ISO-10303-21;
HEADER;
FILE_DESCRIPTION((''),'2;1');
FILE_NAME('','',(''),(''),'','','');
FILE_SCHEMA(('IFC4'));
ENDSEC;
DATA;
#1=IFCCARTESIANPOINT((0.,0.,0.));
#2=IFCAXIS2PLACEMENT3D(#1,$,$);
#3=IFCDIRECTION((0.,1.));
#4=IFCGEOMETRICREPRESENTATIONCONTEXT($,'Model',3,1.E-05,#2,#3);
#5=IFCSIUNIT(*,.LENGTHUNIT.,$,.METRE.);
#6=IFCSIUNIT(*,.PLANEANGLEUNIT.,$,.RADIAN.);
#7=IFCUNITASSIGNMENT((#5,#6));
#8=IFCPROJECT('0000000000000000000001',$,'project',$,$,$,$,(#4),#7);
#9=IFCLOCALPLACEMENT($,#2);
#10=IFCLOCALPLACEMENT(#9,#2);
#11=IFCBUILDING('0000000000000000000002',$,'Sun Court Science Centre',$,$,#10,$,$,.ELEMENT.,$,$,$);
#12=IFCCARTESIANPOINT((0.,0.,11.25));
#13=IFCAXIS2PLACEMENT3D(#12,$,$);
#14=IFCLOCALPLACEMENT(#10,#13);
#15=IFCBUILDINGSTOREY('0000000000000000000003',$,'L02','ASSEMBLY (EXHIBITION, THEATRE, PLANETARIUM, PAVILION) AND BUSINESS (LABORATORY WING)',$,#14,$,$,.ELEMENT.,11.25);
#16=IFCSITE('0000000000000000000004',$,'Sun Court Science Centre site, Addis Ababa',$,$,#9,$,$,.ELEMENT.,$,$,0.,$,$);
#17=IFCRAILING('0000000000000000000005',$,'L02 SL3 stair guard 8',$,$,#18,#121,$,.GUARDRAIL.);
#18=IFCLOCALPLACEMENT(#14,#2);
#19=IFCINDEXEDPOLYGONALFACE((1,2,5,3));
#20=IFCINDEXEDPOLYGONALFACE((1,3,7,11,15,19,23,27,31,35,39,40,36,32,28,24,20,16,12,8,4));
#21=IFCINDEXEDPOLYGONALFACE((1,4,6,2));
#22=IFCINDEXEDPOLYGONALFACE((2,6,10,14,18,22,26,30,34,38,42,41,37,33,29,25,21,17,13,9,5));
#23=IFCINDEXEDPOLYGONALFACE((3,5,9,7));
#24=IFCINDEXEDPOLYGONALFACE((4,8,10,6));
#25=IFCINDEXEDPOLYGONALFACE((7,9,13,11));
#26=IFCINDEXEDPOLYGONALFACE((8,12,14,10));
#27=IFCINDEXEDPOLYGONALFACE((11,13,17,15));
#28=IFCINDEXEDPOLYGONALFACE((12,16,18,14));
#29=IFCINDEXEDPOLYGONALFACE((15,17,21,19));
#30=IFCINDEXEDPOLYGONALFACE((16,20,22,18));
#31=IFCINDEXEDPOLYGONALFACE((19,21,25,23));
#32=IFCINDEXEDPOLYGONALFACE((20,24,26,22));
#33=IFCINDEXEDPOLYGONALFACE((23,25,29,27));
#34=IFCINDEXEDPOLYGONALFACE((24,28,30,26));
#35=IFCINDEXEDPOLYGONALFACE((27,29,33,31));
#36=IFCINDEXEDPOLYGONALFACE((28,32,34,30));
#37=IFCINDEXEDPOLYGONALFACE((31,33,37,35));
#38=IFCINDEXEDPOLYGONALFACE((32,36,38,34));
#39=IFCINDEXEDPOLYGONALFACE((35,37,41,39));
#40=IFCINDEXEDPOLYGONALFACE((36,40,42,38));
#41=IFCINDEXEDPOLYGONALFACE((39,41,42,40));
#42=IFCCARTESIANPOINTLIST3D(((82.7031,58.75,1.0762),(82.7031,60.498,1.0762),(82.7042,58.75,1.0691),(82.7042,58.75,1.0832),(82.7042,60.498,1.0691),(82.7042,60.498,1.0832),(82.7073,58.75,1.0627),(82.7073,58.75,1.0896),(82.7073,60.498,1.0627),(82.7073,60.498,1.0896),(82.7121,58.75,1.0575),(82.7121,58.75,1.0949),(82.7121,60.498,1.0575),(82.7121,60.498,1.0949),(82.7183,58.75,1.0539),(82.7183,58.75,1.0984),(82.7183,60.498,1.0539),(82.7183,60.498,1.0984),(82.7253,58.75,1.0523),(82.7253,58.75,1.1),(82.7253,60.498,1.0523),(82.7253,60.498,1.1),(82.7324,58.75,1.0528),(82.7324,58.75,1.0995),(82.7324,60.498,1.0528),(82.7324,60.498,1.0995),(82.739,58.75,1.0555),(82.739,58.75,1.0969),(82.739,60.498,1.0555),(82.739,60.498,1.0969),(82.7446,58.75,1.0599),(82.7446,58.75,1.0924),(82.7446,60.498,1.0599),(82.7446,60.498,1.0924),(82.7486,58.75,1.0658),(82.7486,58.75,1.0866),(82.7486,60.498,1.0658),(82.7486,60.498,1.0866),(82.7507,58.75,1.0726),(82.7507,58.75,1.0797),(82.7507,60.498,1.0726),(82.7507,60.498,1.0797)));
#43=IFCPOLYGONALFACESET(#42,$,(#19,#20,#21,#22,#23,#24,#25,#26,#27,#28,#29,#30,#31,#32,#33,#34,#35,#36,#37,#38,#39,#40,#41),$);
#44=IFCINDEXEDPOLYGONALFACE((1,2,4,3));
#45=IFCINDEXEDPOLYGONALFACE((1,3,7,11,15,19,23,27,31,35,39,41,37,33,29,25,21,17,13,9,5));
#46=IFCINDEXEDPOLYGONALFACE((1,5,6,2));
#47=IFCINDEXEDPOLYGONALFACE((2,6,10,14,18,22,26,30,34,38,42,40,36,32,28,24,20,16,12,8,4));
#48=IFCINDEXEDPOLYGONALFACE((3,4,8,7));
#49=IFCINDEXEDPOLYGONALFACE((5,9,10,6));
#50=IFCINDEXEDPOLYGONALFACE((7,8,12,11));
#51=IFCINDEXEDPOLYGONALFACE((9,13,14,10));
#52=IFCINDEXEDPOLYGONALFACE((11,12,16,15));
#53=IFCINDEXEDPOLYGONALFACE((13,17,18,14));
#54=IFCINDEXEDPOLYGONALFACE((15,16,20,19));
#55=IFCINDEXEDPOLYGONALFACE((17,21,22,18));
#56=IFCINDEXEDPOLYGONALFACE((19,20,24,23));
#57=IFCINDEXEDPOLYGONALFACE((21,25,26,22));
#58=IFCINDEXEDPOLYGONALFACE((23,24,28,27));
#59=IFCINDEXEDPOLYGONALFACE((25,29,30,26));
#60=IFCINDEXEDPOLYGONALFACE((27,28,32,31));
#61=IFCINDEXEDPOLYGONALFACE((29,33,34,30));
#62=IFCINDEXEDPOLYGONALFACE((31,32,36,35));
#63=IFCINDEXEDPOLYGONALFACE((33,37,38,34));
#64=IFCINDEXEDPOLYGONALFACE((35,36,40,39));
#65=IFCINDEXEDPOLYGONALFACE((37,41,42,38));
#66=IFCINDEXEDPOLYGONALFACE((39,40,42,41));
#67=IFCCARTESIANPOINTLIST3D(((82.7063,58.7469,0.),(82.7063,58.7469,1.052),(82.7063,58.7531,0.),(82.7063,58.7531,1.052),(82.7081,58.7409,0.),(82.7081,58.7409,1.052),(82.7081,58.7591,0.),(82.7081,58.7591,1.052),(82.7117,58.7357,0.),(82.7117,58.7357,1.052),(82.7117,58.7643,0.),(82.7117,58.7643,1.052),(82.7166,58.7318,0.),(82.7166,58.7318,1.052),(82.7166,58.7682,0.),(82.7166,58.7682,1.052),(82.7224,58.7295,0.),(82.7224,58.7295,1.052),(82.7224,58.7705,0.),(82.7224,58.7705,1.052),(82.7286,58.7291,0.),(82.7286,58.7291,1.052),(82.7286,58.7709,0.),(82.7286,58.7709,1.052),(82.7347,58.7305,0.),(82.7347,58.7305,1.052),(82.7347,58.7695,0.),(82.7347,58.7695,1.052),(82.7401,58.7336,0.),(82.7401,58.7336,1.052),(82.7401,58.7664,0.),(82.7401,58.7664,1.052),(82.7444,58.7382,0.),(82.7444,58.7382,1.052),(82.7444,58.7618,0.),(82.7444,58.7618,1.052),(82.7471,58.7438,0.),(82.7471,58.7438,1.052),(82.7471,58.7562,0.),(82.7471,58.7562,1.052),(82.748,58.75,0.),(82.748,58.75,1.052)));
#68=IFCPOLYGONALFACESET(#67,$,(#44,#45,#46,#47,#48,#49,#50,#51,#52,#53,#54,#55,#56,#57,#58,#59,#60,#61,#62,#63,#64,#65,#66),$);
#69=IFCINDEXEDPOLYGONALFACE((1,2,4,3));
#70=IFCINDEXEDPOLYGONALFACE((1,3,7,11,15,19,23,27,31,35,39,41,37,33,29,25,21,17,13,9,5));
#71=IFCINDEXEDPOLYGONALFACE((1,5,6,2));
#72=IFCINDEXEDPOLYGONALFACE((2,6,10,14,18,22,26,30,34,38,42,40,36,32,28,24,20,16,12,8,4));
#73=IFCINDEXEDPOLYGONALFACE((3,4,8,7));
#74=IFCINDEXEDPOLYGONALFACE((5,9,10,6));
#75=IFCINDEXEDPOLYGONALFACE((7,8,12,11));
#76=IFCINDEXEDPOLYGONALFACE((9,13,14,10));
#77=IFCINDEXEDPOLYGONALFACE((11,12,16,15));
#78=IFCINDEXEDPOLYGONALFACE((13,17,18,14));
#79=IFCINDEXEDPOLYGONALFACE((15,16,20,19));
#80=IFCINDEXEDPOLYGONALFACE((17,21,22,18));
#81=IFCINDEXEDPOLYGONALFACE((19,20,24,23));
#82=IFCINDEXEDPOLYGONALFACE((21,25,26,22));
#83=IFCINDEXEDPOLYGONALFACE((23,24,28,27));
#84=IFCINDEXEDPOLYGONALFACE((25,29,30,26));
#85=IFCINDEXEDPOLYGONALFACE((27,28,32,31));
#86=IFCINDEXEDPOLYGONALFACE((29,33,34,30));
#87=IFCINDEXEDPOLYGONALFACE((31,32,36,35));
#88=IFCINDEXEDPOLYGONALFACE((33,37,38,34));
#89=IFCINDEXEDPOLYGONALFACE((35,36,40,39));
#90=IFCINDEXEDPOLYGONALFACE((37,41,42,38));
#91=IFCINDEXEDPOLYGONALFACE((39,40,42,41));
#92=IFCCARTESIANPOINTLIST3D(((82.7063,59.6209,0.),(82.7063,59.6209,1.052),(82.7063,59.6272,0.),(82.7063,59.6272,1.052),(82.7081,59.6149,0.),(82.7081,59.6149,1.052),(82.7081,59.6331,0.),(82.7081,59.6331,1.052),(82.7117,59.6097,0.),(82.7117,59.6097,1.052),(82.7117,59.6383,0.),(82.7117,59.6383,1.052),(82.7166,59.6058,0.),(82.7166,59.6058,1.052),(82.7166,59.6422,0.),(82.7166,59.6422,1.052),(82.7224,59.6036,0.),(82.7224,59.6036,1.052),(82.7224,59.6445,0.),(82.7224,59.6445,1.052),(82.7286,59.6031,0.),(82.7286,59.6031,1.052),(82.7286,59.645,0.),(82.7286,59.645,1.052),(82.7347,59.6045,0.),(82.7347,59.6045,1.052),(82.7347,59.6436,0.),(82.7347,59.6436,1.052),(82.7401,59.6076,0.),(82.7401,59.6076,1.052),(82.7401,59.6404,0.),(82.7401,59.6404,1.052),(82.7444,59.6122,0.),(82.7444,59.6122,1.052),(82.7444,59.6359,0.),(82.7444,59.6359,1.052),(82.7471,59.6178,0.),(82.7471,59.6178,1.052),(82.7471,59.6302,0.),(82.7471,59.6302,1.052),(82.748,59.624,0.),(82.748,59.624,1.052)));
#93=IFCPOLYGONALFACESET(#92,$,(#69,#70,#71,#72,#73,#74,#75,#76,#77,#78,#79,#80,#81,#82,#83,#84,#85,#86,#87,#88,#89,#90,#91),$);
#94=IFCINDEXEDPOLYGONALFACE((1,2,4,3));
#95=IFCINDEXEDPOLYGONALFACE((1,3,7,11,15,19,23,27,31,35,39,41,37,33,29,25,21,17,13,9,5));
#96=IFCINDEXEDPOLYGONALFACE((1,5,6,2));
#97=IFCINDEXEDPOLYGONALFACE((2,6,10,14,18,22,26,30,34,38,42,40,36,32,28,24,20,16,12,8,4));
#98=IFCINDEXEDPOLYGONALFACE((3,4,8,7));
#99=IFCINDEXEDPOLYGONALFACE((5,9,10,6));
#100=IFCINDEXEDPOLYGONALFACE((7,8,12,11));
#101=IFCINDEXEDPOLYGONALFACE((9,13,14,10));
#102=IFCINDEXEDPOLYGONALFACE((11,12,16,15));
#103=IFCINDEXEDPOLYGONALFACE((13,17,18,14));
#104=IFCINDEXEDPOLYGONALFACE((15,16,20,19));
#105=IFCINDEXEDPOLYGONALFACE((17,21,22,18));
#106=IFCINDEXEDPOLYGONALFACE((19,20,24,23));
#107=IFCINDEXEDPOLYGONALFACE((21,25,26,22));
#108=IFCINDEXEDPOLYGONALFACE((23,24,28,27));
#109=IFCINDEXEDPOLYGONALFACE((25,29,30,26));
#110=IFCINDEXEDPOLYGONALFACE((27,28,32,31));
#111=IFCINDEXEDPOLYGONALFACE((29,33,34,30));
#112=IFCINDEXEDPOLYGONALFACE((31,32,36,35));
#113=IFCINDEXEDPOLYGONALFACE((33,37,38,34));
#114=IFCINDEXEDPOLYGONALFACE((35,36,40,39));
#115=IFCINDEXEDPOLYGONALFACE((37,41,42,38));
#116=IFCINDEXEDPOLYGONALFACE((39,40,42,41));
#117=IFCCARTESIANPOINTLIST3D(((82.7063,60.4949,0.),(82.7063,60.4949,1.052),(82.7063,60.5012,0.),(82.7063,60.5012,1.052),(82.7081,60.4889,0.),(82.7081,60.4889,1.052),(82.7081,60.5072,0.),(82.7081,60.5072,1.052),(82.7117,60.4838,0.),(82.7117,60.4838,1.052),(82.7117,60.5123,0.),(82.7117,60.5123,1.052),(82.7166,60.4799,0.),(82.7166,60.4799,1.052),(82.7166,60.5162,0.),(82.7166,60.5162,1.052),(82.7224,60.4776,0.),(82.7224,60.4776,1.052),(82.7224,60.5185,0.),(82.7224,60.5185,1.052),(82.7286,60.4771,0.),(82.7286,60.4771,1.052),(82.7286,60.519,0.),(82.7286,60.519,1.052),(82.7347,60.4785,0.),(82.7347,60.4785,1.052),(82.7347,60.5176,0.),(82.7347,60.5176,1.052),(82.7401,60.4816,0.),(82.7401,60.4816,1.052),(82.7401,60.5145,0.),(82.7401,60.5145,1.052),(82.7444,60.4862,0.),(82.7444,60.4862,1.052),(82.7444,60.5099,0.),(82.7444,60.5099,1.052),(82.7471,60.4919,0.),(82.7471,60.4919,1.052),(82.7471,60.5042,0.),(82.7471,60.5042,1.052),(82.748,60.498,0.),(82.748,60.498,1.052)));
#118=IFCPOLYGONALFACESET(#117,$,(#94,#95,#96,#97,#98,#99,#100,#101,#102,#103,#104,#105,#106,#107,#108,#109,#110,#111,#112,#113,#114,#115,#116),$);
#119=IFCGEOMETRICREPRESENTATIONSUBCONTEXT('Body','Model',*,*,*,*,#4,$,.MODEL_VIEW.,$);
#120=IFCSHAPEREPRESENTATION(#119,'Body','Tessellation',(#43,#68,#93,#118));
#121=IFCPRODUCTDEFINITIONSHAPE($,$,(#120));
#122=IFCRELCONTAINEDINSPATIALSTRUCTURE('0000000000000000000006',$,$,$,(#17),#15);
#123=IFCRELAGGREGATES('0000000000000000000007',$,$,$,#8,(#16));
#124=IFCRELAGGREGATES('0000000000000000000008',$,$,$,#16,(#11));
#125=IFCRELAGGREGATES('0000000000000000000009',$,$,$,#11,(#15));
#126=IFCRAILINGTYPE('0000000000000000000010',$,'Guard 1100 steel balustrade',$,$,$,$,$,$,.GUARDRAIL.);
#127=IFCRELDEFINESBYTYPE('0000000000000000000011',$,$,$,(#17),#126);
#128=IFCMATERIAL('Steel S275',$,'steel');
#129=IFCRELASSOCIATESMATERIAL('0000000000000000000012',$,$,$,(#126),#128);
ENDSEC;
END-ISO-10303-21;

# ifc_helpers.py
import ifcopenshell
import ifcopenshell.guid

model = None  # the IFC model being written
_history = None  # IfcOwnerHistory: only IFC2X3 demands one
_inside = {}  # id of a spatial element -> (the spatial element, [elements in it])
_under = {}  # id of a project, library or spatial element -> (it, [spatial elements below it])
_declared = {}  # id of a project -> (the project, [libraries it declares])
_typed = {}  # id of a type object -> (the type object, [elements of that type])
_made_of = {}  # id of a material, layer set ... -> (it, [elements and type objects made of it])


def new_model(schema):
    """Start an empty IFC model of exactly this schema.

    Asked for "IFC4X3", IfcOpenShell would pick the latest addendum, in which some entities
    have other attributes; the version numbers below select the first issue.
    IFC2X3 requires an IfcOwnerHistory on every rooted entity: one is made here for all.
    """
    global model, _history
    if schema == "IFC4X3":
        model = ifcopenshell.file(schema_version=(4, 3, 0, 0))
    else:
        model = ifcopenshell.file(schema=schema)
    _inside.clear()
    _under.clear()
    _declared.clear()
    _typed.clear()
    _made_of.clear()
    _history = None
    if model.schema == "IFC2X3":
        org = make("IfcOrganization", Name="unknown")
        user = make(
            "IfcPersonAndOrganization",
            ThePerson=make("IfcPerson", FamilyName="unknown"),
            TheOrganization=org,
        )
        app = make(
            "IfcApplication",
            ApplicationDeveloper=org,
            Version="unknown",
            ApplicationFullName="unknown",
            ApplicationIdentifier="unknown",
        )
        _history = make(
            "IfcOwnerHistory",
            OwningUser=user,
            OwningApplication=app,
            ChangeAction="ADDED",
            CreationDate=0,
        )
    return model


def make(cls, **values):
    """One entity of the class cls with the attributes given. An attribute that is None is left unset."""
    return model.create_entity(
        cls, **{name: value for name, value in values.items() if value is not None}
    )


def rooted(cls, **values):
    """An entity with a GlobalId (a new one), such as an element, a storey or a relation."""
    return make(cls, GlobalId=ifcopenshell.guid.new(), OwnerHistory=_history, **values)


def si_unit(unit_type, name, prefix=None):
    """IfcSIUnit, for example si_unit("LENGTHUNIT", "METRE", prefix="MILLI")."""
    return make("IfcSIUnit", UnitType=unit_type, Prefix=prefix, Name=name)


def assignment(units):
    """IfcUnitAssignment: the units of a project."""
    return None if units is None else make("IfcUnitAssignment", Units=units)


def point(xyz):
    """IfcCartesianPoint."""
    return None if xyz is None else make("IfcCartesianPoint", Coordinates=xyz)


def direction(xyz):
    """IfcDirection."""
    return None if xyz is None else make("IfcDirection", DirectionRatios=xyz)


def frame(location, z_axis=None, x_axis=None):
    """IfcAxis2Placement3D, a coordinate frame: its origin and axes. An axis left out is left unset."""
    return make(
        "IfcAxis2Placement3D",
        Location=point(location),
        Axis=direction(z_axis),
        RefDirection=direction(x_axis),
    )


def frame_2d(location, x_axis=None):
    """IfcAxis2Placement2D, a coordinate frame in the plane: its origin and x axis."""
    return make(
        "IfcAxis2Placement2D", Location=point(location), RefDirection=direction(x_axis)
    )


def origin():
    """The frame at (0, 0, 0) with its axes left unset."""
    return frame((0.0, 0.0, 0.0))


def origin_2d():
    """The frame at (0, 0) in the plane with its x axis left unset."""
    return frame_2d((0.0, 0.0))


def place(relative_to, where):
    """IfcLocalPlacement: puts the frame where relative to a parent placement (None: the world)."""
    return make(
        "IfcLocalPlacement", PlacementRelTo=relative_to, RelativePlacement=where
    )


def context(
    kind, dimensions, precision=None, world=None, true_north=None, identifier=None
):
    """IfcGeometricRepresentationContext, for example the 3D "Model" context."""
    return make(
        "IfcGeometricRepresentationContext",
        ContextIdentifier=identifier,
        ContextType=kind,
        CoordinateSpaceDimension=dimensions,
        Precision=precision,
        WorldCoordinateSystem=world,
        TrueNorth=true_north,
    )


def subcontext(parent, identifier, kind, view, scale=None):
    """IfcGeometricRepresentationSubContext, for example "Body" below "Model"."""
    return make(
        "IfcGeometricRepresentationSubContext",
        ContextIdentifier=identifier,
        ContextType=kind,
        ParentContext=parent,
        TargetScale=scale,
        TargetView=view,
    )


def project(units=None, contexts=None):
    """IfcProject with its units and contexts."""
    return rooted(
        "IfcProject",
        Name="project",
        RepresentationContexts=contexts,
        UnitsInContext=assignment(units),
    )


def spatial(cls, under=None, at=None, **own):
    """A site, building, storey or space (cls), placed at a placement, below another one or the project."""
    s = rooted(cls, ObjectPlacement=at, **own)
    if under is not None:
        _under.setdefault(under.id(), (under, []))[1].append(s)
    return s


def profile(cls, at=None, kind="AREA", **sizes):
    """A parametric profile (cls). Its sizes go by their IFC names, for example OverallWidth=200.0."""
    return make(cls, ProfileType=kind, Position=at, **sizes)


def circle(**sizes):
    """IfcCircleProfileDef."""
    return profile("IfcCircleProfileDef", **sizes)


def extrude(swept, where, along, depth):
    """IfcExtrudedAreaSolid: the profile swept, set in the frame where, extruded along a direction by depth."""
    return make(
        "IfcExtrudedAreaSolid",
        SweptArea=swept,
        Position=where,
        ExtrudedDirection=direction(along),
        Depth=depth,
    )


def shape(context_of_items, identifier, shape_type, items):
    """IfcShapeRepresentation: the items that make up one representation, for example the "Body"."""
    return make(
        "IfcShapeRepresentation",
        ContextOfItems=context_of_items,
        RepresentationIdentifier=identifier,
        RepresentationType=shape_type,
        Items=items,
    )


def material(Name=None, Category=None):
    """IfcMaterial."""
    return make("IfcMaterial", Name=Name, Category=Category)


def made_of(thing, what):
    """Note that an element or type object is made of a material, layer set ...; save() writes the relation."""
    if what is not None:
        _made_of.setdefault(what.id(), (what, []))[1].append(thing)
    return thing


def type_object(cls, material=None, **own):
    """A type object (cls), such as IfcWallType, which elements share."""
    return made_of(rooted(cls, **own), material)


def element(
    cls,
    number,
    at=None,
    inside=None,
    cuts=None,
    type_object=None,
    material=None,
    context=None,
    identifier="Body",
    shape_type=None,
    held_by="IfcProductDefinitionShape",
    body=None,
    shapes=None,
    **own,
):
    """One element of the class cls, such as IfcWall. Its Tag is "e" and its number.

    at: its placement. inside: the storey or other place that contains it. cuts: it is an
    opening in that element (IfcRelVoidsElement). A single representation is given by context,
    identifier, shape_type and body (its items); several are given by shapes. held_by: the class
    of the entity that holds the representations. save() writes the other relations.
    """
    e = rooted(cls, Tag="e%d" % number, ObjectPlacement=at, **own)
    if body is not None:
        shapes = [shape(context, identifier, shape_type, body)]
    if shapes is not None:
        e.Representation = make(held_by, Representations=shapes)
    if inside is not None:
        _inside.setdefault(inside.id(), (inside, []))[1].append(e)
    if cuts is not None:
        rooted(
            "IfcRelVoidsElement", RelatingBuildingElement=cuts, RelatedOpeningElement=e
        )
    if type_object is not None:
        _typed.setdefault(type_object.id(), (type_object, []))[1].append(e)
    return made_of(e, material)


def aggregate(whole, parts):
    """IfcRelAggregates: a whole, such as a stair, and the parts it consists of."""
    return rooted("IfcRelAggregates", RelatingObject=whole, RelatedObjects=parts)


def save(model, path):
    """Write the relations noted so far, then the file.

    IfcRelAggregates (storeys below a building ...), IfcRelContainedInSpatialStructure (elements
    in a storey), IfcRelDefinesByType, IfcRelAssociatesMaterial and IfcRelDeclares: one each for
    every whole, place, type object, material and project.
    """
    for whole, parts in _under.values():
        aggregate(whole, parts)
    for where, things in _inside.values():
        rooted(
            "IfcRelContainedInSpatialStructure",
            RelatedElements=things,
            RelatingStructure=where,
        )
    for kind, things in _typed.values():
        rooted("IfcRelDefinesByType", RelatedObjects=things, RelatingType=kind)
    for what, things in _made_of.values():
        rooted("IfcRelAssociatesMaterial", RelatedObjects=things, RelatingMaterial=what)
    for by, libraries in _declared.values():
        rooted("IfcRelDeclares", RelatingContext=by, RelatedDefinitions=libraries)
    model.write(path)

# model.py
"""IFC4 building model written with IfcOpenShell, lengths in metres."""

from ifc_helpers import new_model, si_unit, direction, frame, origin, origin_2d, place, context, subcontext, project, spatial, circle, extrude, material, type_object, element, save


model = new_model("IFC4")

# Units and contexts
model_context = context("Model", 3, precision=1e-05, world=origin(), true_north=direction((0.0, 1.0)))
body_context = subcontext(model_context, "Body", "Model", "MODEL_VIEW")
ifc_project = project(units=[si_unit("LENGTHUNIT", "METRE"), si_unit("PLANEANGLEUNIT", "RADIAN")], contexts=[model_context])

# Site, building, storey
site_placement = place(None, origin())
site = spatial("IfcSite", under=ifc_project, at=site_placement, Name="Sun Court Science Centre site, Addis Ababa", CompositionType="ELEMENT", RefElevation=0.0)
building_placement = place(site_placement, origin())
building = spatial("IfcBuilding", under=site, at=building_placement, Name="Sun Court Science Centre", CompositionType="ELEMENT")
storey_placement = place(building_placement, frame((0.0, 0.0, 11.25)))
storey = spatial("IfcBuildingStorey", under=building, at=storey_placement, Name="L02", Description="ASSEMBLY (EXHIBITION, THEATRE, PLANETARIUM, PAVILION) AND BUSINESS (LABORATORY WING)", CompositionType="ELEMENT", Elevation=11.25)

# Railing
ifc_material_1 = material(Name="Steel S275", Category="steel")
railing_type_1 = type_object("IfcRailingType", Name="Guard 1100 steel balustrade", PredefinedType="GUARDRAIL", material=ifc_material_1)
for number, where, name in (
    (1, (82.7271, 58.75, 0.0), "L02 SL3 stair guard 8"),
):
    element("IfcRailing", number, at=place(storey_placement, frame(where)), inside=storey, type_object=railing_type_1, Name=name, PredefinedType="GUARDRAIL", context=body_context, shape_type="SweptSolid", body=[
        extrude(circle(Radius=0.0239, at=origin_2d()), frame((0.0, 0.0, 1.0762), z_axis=(0.0, 1.0, 0.0), x_axis=(-1.0, 0.0, 0.0)), (0.0, 0.0, 1.0), 1.748),
        extrude(circle(Radius=0.021, at=origin_2d()), origin(), (0.0, 0.0, 1.0), 1.052),
        extrude(circle(Radius=0.021, at=origin_2d()), frame((0.0, 0.874, 0.0)), (0.0, 0.0, 1.0), 1.052),
        extrude(circle(Radius=0.021, at=origin_2d()), frame((0.0, 1.748, 0.0)), (0.0, 0.0, 1.0), 1.052),
    ])

save(model, "model.ifc")
